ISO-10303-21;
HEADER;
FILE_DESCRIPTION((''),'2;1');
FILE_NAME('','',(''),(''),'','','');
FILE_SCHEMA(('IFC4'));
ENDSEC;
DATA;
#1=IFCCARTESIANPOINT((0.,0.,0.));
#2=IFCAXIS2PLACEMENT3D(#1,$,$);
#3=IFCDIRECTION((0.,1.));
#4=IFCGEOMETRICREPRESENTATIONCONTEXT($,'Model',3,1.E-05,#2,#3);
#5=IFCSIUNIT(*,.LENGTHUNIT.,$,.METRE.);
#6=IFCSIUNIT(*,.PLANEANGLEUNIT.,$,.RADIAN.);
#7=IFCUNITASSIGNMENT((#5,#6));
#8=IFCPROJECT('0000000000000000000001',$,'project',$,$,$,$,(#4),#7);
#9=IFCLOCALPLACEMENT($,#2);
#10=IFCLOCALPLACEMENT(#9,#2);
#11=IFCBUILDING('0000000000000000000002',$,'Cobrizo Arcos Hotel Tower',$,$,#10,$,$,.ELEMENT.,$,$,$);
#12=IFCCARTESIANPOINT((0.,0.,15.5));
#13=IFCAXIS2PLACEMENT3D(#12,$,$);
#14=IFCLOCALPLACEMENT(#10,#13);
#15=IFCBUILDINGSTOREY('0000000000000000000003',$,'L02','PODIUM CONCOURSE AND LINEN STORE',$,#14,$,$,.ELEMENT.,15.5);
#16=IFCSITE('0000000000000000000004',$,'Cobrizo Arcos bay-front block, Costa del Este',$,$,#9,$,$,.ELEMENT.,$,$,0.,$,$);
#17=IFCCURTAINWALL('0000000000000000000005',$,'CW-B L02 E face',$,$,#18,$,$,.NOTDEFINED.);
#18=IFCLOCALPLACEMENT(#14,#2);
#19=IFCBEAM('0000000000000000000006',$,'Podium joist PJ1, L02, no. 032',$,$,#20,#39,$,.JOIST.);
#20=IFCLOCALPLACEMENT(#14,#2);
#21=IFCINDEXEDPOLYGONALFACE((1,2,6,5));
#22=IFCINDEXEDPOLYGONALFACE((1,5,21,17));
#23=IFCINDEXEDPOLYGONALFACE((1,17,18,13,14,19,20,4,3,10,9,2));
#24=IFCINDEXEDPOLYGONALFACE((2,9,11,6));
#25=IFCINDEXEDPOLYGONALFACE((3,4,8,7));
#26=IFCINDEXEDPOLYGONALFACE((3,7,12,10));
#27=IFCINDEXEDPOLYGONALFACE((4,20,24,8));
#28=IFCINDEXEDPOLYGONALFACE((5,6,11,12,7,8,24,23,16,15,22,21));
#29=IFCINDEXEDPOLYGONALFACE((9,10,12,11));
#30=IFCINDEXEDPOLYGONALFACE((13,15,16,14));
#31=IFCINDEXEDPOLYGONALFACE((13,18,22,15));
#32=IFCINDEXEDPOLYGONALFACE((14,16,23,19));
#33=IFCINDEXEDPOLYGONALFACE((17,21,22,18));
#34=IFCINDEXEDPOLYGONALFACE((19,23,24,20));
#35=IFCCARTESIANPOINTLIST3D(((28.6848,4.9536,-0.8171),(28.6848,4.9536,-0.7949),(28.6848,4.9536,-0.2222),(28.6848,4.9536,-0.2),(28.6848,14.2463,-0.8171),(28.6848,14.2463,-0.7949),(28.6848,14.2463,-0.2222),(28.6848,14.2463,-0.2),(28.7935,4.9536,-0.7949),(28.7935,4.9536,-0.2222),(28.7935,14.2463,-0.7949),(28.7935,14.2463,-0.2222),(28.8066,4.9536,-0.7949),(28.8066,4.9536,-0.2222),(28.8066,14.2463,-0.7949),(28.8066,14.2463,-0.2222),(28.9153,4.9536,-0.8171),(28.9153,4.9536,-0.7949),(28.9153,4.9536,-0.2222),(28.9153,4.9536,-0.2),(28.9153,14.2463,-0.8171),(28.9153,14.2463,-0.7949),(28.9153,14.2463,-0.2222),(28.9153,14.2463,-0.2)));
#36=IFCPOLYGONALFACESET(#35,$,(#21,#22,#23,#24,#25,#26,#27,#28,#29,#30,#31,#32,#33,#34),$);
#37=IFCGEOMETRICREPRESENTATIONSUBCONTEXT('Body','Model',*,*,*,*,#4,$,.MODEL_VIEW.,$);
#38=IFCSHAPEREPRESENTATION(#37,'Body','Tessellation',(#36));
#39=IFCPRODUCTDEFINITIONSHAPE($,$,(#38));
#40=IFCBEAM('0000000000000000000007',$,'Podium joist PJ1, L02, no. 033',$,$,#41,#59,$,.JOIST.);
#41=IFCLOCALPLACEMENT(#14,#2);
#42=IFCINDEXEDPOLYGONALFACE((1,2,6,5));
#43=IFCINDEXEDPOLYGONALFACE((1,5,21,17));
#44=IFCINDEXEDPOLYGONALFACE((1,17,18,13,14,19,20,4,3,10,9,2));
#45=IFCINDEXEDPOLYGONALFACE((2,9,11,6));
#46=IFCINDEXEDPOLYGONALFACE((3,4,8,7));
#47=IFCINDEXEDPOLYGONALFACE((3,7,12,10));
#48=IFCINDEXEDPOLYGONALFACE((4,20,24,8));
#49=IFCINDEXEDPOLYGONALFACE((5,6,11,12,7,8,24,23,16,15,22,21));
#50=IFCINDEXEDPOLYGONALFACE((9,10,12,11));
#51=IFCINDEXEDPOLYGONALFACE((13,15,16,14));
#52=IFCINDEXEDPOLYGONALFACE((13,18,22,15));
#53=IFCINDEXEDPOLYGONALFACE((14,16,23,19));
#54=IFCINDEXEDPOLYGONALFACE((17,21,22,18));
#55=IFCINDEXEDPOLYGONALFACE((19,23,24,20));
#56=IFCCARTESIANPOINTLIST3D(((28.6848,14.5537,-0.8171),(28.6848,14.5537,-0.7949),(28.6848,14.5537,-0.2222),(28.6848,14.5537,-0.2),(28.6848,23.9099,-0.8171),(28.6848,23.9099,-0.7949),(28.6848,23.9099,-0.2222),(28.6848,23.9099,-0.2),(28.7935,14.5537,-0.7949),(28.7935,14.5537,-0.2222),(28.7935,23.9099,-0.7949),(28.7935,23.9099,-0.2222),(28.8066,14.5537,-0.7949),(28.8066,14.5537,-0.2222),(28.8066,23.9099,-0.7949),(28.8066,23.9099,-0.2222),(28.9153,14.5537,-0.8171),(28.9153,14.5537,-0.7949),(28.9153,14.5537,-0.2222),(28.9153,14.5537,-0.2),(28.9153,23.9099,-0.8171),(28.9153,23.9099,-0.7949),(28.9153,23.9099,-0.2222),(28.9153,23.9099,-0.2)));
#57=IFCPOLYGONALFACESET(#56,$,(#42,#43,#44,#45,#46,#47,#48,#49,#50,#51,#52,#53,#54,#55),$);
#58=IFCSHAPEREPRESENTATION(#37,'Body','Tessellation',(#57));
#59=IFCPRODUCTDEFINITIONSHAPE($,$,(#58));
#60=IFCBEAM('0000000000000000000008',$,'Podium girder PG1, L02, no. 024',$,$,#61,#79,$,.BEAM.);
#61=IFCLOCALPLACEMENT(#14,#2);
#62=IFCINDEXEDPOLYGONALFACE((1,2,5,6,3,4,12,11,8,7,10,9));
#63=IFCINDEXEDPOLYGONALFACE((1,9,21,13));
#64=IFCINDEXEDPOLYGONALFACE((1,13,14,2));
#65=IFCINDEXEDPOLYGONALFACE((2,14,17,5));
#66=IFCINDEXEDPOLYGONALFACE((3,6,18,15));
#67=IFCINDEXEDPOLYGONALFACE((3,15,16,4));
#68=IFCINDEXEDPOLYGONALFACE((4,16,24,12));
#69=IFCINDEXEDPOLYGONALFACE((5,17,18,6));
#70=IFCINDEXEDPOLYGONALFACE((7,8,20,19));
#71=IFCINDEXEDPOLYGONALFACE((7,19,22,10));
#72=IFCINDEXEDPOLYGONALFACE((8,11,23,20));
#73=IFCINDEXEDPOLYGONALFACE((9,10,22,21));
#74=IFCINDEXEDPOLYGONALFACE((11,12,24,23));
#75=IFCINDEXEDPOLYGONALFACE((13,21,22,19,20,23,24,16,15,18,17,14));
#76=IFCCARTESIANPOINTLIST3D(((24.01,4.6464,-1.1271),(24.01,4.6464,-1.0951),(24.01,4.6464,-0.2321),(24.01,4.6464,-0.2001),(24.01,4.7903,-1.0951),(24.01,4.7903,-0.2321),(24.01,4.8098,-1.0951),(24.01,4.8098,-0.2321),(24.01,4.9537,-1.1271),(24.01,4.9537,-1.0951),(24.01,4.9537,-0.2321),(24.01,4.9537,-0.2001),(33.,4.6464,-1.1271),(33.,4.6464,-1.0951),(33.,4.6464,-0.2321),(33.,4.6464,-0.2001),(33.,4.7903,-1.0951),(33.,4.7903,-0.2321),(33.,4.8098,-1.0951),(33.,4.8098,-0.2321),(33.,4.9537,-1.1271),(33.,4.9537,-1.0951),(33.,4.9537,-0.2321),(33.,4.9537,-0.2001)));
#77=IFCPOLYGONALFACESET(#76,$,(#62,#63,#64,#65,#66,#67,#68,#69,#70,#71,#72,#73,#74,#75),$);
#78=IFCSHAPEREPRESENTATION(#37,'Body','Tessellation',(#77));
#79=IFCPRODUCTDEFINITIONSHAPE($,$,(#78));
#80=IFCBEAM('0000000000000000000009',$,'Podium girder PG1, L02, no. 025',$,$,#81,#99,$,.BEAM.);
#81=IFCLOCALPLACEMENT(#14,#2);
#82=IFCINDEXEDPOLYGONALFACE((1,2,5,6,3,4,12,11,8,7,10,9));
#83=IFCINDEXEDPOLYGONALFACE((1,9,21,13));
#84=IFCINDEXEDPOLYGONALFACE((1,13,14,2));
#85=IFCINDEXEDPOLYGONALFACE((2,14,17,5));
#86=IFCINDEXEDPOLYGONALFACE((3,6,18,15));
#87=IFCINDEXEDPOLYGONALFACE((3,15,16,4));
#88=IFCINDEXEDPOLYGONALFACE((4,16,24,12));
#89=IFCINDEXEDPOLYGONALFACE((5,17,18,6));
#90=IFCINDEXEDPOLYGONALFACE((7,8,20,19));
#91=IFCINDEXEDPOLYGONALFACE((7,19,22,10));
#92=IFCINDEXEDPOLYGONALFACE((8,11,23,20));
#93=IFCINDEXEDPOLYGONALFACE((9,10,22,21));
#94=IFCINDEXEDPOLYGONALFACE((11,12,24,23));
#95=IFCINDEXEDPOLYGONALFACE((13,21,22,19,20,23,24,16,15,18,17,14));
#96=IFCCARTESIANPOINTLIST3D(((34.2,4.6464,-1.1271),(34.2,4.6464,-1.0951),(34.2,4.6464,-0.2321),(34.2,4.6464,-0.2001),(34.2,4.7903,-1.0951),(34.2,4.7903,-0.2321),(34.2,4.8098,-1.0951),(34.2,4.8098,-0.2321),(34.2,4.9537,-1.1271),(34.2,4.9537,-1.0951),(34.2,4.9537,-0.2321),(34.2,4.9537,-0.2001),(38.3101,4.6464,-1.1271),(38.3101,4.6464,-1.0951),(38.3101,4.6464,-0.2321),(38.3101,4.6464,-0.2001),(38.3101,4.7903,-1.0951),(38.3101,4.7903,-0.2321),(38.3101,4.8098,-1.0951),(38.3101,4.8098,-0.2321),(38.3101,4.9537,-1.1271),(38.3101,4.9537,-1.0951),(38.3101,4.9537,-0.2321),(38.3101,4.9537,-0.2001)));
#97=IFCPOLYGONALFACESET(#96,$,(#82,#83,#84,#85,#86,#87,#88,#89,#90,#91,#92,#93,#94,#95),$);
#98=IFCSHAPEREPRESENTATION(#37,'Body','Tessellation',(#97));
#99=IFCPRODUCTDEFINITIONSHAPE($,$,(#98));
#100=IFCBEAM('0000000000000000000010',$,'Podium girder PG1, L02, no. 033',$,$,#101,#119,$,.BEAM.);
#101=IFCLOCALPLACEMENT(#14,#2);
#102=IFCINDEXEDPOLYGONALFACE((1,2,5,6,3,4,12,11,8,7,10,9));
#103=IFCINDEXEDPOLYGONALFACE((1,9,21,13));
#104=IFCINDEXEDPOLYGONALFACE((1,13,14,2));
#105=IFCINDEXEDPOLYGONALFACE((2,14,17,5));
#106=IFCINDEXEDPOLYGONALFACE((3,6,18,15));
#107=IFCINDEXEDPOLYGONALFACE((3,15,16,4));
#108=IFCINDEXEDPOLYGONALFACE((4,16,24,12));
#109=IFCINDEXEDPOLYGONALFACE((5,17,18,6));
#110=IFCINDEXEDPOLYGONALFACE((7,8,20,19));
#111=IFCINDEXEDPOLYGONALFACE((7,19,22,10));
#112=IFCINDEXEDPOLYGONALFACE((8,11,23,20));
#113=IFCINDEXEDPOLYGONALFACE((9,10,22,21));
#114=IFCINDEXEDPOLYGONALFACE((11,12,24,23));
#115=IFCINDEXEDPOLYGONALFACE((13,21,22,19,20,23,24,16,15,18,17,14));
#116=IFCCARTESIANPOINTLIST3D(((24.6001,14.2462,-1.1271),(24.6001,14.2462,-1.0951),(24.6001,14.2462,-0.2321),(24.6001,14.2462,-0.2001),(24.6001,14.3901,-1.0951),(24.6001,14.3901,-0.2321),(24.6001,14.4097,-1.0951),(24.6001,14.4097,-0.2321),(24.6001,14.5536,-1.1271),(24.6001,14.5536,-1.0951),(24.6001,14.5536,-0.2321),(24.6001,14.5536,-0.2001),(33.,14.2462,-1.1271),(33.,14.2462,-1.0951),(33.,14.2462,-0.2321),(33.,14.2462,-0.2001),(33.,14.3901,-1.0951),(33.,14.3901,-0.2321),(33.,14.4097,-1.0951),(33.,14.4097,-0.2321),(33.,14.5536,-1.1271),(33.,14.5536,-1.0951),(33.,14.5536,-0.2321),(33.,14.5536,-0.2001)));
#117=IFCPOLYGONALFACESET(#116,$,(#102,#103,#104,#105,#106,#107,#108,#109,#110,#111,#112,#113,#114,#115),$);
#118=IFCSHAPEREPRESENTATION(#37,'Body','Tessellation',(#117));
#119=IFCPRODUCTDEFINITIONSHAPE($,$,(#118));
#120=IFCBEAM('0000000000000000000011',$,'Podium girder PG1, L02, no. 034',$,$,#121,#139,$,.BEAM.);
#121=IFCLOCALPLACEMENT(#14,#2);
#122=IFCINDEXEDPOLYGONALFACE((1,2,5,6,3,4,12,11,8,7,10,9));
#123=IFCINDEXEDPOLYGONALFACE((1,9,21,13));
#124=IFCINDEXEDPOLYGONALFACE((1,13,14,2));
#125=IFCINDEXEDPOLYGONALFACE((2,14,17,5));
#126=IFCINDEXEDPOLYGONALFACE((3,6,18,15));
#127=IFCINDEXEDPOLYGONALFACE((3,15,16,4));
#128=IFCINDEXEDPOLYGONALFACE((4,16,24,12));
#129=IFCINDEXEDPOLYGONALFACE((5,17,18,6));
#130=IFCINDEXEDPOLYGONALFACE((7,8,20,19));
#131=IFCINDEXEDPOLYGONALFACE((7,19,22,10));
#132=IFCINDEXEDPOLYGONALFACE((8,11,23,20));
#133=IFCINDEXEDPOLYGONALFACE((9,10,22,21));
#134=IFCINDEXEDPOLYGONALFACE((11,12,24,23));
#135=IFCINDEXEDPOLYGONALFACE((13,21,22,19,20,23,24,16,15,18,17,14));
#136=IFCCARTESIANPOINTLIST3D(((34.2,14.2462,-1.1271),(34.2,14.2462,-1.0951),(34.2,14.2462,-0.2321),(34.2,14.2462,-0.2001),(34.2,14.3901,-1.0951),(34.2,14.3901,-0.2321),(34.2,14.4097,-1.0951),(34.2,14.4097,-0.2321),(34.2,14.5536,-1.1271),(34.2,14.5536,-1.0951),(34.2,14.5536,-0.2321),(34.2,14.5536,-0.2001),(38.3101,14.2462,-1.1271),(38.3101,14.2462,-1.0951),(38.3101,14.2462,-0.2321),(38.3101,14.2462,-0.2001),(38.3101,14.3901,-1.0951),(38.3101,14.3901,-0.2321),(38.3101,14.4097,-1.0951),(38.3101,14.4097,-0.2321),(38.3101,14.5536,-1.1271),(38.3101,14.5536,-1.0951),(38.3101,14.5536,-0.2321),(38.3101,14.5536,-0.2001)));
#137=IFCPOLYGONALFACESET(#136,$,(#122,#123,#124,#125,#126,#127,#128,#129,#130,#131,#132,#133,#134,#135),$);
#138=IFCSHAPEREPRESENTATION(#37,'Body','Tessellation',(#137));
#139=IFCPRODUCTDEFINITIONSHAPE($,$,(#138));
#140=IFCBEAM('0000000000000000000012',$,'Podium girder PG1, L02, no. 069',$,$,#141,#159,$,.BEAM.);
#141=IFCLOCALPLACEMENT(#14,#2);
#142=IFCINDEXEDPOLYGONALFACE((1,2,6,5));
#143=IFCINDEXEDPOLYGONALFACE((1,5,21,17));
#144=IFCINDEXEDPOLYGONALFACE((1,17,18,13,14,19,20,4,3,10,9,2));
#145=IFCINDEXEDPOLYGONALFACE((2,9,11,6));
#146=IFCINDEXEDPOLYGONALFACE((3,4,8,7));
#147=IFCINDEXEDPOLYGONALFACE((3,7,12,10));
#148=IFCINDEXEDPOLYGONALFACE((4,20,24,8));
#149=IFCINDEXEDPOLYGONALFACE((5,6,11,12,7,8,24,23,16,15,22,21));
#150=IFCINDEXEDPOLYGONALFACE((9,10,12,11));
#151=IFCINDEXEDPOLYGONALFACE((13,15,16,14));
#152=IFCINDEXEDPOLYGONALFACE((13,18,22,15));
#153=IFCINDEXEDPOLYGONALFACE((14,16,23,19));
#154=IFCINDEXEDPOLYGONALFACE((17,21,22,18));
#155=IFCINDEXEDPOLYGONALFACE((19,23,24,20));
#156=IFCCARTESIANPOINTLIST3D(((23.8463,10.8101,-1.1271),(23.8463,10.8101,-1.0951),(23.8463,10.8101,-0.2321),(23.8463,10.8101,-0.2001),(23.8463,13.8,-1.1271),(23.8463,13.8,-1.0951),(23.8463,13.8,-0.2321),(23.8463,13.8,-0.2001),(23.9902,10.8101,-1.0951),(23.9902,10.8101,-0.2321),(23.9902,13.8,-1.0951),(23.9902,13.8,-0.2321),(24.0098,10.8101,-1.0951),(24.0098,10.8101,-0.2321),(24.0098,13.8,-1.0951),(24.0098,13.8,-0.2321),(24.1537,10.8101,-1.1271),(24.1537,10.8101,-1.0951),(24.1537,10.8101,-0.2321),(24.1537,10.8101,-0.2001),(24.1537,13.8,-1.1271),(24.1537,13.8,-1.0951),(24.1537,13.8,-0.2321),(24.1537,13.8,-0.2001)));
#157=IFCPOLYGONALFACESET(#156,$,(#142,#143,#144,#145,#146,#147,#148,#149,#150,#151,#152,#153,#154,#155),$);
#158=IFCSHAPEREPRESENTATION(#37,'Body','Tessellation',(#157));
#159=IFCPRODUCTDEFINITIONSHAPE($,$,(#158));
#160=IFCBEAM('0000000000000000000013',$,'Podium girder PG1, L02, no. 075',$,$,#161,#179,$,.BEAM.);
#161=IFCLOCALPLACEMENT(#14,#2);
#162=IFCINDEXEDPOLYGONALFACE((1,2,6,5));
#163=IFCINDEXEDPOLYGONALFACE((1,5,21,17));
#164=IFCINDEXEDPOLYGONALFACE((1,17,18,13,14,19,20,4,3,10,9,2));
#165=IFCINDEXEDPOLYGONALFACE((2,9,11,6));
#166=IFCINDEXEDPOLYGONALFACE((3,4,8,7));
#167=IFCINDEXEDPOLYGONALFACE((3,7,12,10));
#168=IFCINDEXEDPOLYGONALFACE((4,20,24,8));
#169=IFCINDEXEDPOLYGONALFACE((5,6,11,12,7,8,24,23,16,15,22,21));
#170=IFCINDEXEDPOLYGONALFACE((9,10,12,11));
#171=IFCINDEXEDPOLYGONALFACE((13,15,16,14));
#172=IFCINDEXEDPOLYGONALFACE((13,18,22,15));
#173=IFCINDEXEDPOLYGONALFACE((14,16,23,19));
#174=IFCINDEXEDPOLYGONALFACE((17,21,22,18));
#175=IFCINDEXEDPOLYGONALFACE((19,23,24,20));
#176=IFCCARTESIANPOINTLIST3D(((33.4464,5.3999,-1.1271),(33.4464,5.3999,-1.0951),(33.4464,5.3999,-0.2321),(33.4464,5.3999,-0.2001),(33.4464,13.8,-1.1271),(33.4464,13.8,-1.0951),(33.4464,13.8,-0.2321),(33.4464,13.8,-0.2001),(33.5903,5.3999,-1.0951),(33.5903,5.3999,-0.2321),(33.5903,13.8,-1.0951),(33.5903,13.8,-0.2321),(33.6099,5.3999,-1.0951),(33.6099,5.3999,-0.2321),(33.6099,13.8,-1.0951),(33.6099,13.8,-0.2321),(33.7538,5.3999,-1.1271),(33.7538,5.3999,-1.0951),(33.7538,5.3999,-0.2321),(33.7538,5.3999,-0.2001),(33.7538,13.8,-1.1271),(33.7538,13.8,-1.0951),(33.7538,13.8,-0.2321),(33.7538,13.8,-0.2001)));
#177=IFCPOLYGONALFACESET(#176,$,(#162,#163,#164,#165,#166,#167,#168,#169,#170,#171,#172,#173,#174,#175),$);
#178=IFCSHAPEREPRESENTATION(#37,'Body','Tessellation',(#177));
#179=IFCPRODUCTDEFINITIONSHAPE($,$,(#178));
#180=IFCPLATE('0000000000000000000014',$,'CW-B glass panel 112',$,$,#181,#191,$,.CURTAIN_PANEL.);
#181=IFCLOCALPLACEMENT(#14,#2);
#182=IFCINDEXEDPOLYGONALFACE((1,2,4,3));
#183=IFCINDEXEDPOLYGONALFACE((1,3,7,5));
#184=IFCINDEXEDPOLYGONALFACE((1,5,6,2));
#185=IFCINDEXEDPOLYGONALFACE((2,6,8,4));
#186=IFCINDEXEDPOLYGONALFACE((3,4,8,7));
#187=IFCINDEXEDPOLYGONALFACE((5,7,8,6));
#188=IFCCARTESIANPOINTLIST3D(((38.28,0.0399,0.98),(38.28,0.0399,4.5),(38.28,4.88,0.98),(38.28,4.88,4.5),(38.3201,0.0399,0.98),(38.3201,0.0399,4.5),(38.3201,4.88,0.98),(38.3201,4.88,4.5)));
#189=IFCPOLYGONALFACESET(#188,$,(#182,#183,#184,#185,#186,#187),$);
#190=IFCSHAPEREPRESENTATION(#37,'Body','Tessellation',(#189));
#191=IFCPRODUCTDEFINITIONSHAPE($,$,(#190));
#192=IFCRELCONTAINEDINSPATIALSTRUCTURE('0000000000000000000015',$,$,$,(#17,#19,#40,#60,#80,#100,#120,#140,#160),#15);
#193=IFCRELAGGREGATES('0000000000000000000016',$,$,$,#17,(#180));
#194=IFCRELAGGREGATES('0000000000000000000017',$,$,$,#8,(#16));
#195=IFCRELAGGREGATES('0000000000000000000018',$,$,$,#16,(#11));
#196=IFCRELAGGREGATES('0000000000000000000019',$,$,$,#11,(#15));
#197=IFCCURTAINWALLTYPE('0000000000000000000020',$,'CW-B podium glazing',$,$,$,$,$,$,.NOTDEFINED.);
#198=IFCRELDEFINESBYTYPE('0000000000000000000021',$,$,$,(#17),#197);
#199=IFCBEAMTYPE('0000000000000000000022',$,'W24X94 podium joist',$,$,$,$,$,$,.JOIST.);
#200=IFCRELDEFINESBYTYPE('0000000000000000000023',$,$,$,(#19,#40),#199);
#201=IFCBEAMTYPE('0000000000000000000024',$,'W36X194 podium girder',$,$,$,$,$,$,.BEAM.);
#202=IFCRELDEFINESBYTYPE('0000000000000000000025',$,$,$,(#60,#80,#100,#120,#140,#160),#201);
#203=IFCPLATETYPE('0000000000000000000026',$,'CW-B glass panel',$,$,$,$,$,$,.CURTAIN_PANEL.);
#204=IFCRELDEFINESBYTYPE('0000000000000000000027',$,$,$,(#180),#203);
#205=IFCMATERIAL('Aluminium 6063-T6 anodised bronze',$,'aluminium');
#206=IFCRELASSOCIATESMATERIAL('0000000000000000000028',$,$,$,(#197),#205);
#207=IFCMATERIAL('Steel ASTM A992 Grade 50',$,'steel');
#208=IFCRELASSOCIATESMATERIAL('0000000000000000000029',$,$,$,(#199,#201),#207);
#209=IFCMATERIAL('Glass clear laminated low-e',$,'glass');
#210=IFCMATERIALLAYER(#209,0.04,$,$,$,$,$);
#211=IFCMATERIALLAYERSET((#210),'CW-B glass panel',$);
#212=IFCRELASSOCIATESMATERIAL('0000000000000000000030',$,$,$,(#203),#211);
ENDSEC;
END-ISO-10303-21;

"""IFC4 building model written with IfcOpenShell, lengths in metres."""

from ifc_helpers import new_model, si_unit, direction, frame, origin, origin_2d, place, context, subcontext, project, spatial, rectangle, i_section, extrude, material, layer, layer_set, material_profile, profile_set, type_object, element, aggregate, save


model = new_model("IFC4")

# Units and contexts
model_context = context("Model", 3, precision=1e-05, world=origin(), true_north=direction((0.0, 1.0)))
body_context = subcontext(model_context, "Body", "Model", "MODEL_VIEW")
ifc_project = project(units=[si_unit("LENGTHUNIT", "METRE"), si_unit("PLANEANGLEUNIT", "RADIAN")], contexts=[model_context])

# Site, building, storey
site_placement = place(None, origin())
site = spatial("IfcSite", under=ifc_project, at=site_placement, Name="Cobrizo Arcos bay-front block, Costa del Este", CompositionType="ELEMENT", RefElevation=0.0)
building_placement = place(site_placement, origin())
building = spatial("IfcBuilding", under=site, at=building_placement, Name="Cobrizo Arcos Hotel Tower", CompositionType="ELEMENT")
storey_placement = place(building_placement, frame((0.0, 0.0, 15.5)))
storey = spatial("IfcBuildingStorey", under=building, at=storey_placement, Name="L02", Description="PODIUM CONCOURSE AND LINEN STORE", CompositionType="ELEMENT", Elevation=15.5)

# Curtain wall
ifc_material_1 = material(Name="Aluminium 6063-T6 anodised bronze", Category="aluminium")
curtain_wall_type = type_object("IfcCurtainWallType", Name="CW-B podium glazing", PredefinedType="NOTDEFINED", material=ifc_material_1)
curtain_wall_placement = place(storey_placement, origin())
curtain_wall = element("IfcCurtainWall", 1, at=curtain_wall_placement, inside=storey, type_object=curtain_wall_type, Name="CW-B L02 E face", PredefinedType="NOTDEFINED")

# Beams
ifc_material_2 = material(Name="Steel ASTM A992 Grade 50", Category="steel")
ifc_material_profile_1 = material_profile(ifc_material_2, i_section(OverallWidth=0.2305, OverallDepth=0.6172, WebThickness=0.0132, FlangeThickness=0.0222, at=origin_2d()), Name="W24X94")
ifc_profile_set_1 = profile_set([ifc_material_profile_1], Name="Steel ASTM A992 Grade 50")
beam_type_1 = type_object("IfcBeamType", Name="W24X94 podium joist", PredefinedType="JOIST", material=ifc_profile_set_1)
beam_1_placement = place(storey_placement, frame((28.8, 4.9536, -0.5085), z_axis=(0.0, 1.0, 0.0), x_axis=(-1.0, 0.0, 0.0)))
element("IfcBeam", 2, at=beam_1_placement, inside=storey, type_object=beam_type_1, Name="Podium joist PJ1, L02, no. 032", PredefinedType="JOIST", context=body_context, shape_type="SweptSolid", body=[
    extrude(i_section(OverallWidth=0.2305, OverallDepth=0.6172, WebThickness=0.0132, FlangeThickness=0.0222, at=origin_2d()), origin(), (0.0, 0.0, 1.0), 9.2927),
])
beam_2_placement = place(storey_placement, frame((28.8, 14.5537, -0.5085), z_axis=(0.0, 1.0, 0.0), x_axis=(-1.0, 0.0, 0.0)))
element("IfcBeam", 3, at=beam_2_placement, inside=storey, type_object=beam_type_1, Name="Podium joist PJ1, L02, no. 033", PredefinedType="JOIST", context=body_context, shape_type="SweptSolid", body=[
    extrude(i_section(OverallWidth=0.2305, OverallDepth=0.6172, WebThickness=0.0132, FlangeThickness=0.0222, at=origin_2d()), origin(), (0.0, 0.0, 1.0), 9.3562),
])
ifc_material_profile_2 = material_profile(ifc_material_2, i_section(OverallWidth=0.3074, OverallDepth=0.927, WebThickness=0.0195, FlangeThickness=0.032, at=origin_2d()), Name="W36X194")
ifc_profile_set_2 = profile_set([ifc_material_profile_2], Name="Steel ASTM A992 Grade 50")
beam_type_2 = type_object("IfcBeamType", Name="W36X194 podium girder", PredefinedType="BEAM", material=ifc_profile_set_2)
beam_3_placement = place(storey_placement, frame((24.01, 4.8, -0.6636), z_axis=(1.0, 0.0, 0.0), x_axis=(0.0, 1.0, 0.0)))
element("IfcBeam", 4, at=beam_3_placement, inside=storey, type_object=beam_type_2, Name="Podium girder PG1, L02, no. 024", PredefinedType="BEAM", context=body_context, shape_type="SweptSolid", body=[
    extrude(i_section(OverallWidth=0.3074, OverallDepth=0.927, WebThickness=0.0195, FlangeThickness=0.032, at=origin_2d()), origin(), (0.0, 0.0, 1.0), 8.99),
])
beam_4_placement = place(storey_placement, frame((34.2, 4.8, -0.6636), z_axis=(1.0, 0.0, 0.0), x_axis=(0.0, 1.0, 0.0)))
element("IfcBeam", 5, at=beam_4_placement, inside=storey, type_object=beam_type_2, Name="Podium girder PG1, L02, no. 025", PredefinedType="BEAM", context=body_context, shape_type="SweptSolid", body=[
    extrude(i_section(OverallWidth=0.3074, OverallDepth=0.927, WebThickness=0.0195, FlangeThickness=0.032, at=origin_2d()), origin(), (0.0, 0.0, 1.0), 4.1101),
])
beam_5_placement = place(storey_placement, frame((24.6001, 14.3999, -0.6636), z_axis=(1.0, 0.0, 0.0), x_axis=(0.0, 1.0, 0.0)))
element("IfcBeam", 6, at=beam_5_placement, inside=storey, type_object=beam_type_2, Name="Podium girder PG1, L02, no. 033", PredefinedType="BEAM", context=body_context, shape_type="SweptSolid", body=[
    extrude(i_section(OverallWidth=0.3074, OverallDepth=0.927, WebThickness=0.0195, FlangeThickness=0.032, at=origin_2d()), origin(), (0.0, 0.0, 1.0), 8.3999),
])
beam_6_placement = place(storey_placement, frame((34.2, 14.3999, -0.6636), z_axis=(1.0, 0.0, 0.0), x_axis=(0.0, 1.0, 0.0)))
element("IfcBeam", 7, at=beam_6_placement, inside=storey, type_object=beam_type_2, Name="Podium girder PG1, L02, no. 034", PredefinedType="BEAM", context=body_context, shape_type="SweptSolid", body=[
    extrude(i_section(OverallWidth=0.3074, OverallDepth=0.927, WebThickness=0.0195, FlangeThickness=0.032, at=origin_2d()), origin(), (0.0, 0.0, 1.0), 4.1101),
])
beam_7_placement = place(storey_placement, frame((24.0, 10.8101, -0.6636), z_axis=(0.0, 1.0, 0.0), x_axis=(-1.0, 0.0, 0.0)))
element("IfcBeam", 8, at=beam_7_placement, inside=storey, type_object=beam_type_2, Name="Podium girder PG1, L02, no. 069", PredefinedType="BEAM", context=body_context, shape_type="SweptSolid", body=[
    extrude(i_section(OverallWidth=0.3074, OverallDepth=0.927, WebThickness=0.0195, FlangeThickness=0.032, at=origin_2d()), origin(), (0.0, 0.0, 1.0), 2.99),
])
beam_8_placement = place(storey_placement, frame((33.6001, 5.3999, -0.6636), z_axis=(0.0, 1.0, 0.0), x_axis=(-1.0, 0.0, 0.0)))
element("IfcBeam", 9, at=beam_8_placement, inside=storey, type_object=beam_type_2, Name="Podium girder PG1, L02, no. 075", PredefinedType="BEAM", context=body_context, shape_type="SweptSolid", body=[
    extrude(i_section(OverallWidth=0.3074, OverallDepth=0.927, WebThickness=0.0195, FlangeThickness=0.032, at=origin_2d()), origin(), (0.0, 0.0, 1.0), 8.4001),
])

# Plate
ifc_material_3 = material(Name="Glass clear laminated low-e", Category="glass")
ifc_layer_1 = layer(ifc_material_3, 0.04)
ifc_layer_set_1 = layer_set([ifc_layer_1], Name="CW-B glass panel")
plate_type_1 = type_object("IfcPlateType", Name="CW-B glass panel", PredefinedType="CURTAIN_PANEL", material=ifc_layer_set_1)
plate_1_placement = place(storey_placement, frame((38.3, 2.46, 0.98), z_axis=(0.0, 0.0, 1.0), x_axis=(0.0, 1.0, 0.0)))
plate_1 = element("IfcPlate", 10, at=plate_1_placement, type_object=plate_type_1, Name="CW-B glass panel 112", PredefinedType="CURTAIN_PANEL", context=body_context, shape_type="SweptSolid", body=[
    extrude(rectangle(XDim=4.8401, YDim=0.04, at=origin_2d()), origin(), (0.0, 0.0, 1.0), 3.52),
])
aggregate(curtain_wall, [plate_1])

save(model, "model.ifc")
